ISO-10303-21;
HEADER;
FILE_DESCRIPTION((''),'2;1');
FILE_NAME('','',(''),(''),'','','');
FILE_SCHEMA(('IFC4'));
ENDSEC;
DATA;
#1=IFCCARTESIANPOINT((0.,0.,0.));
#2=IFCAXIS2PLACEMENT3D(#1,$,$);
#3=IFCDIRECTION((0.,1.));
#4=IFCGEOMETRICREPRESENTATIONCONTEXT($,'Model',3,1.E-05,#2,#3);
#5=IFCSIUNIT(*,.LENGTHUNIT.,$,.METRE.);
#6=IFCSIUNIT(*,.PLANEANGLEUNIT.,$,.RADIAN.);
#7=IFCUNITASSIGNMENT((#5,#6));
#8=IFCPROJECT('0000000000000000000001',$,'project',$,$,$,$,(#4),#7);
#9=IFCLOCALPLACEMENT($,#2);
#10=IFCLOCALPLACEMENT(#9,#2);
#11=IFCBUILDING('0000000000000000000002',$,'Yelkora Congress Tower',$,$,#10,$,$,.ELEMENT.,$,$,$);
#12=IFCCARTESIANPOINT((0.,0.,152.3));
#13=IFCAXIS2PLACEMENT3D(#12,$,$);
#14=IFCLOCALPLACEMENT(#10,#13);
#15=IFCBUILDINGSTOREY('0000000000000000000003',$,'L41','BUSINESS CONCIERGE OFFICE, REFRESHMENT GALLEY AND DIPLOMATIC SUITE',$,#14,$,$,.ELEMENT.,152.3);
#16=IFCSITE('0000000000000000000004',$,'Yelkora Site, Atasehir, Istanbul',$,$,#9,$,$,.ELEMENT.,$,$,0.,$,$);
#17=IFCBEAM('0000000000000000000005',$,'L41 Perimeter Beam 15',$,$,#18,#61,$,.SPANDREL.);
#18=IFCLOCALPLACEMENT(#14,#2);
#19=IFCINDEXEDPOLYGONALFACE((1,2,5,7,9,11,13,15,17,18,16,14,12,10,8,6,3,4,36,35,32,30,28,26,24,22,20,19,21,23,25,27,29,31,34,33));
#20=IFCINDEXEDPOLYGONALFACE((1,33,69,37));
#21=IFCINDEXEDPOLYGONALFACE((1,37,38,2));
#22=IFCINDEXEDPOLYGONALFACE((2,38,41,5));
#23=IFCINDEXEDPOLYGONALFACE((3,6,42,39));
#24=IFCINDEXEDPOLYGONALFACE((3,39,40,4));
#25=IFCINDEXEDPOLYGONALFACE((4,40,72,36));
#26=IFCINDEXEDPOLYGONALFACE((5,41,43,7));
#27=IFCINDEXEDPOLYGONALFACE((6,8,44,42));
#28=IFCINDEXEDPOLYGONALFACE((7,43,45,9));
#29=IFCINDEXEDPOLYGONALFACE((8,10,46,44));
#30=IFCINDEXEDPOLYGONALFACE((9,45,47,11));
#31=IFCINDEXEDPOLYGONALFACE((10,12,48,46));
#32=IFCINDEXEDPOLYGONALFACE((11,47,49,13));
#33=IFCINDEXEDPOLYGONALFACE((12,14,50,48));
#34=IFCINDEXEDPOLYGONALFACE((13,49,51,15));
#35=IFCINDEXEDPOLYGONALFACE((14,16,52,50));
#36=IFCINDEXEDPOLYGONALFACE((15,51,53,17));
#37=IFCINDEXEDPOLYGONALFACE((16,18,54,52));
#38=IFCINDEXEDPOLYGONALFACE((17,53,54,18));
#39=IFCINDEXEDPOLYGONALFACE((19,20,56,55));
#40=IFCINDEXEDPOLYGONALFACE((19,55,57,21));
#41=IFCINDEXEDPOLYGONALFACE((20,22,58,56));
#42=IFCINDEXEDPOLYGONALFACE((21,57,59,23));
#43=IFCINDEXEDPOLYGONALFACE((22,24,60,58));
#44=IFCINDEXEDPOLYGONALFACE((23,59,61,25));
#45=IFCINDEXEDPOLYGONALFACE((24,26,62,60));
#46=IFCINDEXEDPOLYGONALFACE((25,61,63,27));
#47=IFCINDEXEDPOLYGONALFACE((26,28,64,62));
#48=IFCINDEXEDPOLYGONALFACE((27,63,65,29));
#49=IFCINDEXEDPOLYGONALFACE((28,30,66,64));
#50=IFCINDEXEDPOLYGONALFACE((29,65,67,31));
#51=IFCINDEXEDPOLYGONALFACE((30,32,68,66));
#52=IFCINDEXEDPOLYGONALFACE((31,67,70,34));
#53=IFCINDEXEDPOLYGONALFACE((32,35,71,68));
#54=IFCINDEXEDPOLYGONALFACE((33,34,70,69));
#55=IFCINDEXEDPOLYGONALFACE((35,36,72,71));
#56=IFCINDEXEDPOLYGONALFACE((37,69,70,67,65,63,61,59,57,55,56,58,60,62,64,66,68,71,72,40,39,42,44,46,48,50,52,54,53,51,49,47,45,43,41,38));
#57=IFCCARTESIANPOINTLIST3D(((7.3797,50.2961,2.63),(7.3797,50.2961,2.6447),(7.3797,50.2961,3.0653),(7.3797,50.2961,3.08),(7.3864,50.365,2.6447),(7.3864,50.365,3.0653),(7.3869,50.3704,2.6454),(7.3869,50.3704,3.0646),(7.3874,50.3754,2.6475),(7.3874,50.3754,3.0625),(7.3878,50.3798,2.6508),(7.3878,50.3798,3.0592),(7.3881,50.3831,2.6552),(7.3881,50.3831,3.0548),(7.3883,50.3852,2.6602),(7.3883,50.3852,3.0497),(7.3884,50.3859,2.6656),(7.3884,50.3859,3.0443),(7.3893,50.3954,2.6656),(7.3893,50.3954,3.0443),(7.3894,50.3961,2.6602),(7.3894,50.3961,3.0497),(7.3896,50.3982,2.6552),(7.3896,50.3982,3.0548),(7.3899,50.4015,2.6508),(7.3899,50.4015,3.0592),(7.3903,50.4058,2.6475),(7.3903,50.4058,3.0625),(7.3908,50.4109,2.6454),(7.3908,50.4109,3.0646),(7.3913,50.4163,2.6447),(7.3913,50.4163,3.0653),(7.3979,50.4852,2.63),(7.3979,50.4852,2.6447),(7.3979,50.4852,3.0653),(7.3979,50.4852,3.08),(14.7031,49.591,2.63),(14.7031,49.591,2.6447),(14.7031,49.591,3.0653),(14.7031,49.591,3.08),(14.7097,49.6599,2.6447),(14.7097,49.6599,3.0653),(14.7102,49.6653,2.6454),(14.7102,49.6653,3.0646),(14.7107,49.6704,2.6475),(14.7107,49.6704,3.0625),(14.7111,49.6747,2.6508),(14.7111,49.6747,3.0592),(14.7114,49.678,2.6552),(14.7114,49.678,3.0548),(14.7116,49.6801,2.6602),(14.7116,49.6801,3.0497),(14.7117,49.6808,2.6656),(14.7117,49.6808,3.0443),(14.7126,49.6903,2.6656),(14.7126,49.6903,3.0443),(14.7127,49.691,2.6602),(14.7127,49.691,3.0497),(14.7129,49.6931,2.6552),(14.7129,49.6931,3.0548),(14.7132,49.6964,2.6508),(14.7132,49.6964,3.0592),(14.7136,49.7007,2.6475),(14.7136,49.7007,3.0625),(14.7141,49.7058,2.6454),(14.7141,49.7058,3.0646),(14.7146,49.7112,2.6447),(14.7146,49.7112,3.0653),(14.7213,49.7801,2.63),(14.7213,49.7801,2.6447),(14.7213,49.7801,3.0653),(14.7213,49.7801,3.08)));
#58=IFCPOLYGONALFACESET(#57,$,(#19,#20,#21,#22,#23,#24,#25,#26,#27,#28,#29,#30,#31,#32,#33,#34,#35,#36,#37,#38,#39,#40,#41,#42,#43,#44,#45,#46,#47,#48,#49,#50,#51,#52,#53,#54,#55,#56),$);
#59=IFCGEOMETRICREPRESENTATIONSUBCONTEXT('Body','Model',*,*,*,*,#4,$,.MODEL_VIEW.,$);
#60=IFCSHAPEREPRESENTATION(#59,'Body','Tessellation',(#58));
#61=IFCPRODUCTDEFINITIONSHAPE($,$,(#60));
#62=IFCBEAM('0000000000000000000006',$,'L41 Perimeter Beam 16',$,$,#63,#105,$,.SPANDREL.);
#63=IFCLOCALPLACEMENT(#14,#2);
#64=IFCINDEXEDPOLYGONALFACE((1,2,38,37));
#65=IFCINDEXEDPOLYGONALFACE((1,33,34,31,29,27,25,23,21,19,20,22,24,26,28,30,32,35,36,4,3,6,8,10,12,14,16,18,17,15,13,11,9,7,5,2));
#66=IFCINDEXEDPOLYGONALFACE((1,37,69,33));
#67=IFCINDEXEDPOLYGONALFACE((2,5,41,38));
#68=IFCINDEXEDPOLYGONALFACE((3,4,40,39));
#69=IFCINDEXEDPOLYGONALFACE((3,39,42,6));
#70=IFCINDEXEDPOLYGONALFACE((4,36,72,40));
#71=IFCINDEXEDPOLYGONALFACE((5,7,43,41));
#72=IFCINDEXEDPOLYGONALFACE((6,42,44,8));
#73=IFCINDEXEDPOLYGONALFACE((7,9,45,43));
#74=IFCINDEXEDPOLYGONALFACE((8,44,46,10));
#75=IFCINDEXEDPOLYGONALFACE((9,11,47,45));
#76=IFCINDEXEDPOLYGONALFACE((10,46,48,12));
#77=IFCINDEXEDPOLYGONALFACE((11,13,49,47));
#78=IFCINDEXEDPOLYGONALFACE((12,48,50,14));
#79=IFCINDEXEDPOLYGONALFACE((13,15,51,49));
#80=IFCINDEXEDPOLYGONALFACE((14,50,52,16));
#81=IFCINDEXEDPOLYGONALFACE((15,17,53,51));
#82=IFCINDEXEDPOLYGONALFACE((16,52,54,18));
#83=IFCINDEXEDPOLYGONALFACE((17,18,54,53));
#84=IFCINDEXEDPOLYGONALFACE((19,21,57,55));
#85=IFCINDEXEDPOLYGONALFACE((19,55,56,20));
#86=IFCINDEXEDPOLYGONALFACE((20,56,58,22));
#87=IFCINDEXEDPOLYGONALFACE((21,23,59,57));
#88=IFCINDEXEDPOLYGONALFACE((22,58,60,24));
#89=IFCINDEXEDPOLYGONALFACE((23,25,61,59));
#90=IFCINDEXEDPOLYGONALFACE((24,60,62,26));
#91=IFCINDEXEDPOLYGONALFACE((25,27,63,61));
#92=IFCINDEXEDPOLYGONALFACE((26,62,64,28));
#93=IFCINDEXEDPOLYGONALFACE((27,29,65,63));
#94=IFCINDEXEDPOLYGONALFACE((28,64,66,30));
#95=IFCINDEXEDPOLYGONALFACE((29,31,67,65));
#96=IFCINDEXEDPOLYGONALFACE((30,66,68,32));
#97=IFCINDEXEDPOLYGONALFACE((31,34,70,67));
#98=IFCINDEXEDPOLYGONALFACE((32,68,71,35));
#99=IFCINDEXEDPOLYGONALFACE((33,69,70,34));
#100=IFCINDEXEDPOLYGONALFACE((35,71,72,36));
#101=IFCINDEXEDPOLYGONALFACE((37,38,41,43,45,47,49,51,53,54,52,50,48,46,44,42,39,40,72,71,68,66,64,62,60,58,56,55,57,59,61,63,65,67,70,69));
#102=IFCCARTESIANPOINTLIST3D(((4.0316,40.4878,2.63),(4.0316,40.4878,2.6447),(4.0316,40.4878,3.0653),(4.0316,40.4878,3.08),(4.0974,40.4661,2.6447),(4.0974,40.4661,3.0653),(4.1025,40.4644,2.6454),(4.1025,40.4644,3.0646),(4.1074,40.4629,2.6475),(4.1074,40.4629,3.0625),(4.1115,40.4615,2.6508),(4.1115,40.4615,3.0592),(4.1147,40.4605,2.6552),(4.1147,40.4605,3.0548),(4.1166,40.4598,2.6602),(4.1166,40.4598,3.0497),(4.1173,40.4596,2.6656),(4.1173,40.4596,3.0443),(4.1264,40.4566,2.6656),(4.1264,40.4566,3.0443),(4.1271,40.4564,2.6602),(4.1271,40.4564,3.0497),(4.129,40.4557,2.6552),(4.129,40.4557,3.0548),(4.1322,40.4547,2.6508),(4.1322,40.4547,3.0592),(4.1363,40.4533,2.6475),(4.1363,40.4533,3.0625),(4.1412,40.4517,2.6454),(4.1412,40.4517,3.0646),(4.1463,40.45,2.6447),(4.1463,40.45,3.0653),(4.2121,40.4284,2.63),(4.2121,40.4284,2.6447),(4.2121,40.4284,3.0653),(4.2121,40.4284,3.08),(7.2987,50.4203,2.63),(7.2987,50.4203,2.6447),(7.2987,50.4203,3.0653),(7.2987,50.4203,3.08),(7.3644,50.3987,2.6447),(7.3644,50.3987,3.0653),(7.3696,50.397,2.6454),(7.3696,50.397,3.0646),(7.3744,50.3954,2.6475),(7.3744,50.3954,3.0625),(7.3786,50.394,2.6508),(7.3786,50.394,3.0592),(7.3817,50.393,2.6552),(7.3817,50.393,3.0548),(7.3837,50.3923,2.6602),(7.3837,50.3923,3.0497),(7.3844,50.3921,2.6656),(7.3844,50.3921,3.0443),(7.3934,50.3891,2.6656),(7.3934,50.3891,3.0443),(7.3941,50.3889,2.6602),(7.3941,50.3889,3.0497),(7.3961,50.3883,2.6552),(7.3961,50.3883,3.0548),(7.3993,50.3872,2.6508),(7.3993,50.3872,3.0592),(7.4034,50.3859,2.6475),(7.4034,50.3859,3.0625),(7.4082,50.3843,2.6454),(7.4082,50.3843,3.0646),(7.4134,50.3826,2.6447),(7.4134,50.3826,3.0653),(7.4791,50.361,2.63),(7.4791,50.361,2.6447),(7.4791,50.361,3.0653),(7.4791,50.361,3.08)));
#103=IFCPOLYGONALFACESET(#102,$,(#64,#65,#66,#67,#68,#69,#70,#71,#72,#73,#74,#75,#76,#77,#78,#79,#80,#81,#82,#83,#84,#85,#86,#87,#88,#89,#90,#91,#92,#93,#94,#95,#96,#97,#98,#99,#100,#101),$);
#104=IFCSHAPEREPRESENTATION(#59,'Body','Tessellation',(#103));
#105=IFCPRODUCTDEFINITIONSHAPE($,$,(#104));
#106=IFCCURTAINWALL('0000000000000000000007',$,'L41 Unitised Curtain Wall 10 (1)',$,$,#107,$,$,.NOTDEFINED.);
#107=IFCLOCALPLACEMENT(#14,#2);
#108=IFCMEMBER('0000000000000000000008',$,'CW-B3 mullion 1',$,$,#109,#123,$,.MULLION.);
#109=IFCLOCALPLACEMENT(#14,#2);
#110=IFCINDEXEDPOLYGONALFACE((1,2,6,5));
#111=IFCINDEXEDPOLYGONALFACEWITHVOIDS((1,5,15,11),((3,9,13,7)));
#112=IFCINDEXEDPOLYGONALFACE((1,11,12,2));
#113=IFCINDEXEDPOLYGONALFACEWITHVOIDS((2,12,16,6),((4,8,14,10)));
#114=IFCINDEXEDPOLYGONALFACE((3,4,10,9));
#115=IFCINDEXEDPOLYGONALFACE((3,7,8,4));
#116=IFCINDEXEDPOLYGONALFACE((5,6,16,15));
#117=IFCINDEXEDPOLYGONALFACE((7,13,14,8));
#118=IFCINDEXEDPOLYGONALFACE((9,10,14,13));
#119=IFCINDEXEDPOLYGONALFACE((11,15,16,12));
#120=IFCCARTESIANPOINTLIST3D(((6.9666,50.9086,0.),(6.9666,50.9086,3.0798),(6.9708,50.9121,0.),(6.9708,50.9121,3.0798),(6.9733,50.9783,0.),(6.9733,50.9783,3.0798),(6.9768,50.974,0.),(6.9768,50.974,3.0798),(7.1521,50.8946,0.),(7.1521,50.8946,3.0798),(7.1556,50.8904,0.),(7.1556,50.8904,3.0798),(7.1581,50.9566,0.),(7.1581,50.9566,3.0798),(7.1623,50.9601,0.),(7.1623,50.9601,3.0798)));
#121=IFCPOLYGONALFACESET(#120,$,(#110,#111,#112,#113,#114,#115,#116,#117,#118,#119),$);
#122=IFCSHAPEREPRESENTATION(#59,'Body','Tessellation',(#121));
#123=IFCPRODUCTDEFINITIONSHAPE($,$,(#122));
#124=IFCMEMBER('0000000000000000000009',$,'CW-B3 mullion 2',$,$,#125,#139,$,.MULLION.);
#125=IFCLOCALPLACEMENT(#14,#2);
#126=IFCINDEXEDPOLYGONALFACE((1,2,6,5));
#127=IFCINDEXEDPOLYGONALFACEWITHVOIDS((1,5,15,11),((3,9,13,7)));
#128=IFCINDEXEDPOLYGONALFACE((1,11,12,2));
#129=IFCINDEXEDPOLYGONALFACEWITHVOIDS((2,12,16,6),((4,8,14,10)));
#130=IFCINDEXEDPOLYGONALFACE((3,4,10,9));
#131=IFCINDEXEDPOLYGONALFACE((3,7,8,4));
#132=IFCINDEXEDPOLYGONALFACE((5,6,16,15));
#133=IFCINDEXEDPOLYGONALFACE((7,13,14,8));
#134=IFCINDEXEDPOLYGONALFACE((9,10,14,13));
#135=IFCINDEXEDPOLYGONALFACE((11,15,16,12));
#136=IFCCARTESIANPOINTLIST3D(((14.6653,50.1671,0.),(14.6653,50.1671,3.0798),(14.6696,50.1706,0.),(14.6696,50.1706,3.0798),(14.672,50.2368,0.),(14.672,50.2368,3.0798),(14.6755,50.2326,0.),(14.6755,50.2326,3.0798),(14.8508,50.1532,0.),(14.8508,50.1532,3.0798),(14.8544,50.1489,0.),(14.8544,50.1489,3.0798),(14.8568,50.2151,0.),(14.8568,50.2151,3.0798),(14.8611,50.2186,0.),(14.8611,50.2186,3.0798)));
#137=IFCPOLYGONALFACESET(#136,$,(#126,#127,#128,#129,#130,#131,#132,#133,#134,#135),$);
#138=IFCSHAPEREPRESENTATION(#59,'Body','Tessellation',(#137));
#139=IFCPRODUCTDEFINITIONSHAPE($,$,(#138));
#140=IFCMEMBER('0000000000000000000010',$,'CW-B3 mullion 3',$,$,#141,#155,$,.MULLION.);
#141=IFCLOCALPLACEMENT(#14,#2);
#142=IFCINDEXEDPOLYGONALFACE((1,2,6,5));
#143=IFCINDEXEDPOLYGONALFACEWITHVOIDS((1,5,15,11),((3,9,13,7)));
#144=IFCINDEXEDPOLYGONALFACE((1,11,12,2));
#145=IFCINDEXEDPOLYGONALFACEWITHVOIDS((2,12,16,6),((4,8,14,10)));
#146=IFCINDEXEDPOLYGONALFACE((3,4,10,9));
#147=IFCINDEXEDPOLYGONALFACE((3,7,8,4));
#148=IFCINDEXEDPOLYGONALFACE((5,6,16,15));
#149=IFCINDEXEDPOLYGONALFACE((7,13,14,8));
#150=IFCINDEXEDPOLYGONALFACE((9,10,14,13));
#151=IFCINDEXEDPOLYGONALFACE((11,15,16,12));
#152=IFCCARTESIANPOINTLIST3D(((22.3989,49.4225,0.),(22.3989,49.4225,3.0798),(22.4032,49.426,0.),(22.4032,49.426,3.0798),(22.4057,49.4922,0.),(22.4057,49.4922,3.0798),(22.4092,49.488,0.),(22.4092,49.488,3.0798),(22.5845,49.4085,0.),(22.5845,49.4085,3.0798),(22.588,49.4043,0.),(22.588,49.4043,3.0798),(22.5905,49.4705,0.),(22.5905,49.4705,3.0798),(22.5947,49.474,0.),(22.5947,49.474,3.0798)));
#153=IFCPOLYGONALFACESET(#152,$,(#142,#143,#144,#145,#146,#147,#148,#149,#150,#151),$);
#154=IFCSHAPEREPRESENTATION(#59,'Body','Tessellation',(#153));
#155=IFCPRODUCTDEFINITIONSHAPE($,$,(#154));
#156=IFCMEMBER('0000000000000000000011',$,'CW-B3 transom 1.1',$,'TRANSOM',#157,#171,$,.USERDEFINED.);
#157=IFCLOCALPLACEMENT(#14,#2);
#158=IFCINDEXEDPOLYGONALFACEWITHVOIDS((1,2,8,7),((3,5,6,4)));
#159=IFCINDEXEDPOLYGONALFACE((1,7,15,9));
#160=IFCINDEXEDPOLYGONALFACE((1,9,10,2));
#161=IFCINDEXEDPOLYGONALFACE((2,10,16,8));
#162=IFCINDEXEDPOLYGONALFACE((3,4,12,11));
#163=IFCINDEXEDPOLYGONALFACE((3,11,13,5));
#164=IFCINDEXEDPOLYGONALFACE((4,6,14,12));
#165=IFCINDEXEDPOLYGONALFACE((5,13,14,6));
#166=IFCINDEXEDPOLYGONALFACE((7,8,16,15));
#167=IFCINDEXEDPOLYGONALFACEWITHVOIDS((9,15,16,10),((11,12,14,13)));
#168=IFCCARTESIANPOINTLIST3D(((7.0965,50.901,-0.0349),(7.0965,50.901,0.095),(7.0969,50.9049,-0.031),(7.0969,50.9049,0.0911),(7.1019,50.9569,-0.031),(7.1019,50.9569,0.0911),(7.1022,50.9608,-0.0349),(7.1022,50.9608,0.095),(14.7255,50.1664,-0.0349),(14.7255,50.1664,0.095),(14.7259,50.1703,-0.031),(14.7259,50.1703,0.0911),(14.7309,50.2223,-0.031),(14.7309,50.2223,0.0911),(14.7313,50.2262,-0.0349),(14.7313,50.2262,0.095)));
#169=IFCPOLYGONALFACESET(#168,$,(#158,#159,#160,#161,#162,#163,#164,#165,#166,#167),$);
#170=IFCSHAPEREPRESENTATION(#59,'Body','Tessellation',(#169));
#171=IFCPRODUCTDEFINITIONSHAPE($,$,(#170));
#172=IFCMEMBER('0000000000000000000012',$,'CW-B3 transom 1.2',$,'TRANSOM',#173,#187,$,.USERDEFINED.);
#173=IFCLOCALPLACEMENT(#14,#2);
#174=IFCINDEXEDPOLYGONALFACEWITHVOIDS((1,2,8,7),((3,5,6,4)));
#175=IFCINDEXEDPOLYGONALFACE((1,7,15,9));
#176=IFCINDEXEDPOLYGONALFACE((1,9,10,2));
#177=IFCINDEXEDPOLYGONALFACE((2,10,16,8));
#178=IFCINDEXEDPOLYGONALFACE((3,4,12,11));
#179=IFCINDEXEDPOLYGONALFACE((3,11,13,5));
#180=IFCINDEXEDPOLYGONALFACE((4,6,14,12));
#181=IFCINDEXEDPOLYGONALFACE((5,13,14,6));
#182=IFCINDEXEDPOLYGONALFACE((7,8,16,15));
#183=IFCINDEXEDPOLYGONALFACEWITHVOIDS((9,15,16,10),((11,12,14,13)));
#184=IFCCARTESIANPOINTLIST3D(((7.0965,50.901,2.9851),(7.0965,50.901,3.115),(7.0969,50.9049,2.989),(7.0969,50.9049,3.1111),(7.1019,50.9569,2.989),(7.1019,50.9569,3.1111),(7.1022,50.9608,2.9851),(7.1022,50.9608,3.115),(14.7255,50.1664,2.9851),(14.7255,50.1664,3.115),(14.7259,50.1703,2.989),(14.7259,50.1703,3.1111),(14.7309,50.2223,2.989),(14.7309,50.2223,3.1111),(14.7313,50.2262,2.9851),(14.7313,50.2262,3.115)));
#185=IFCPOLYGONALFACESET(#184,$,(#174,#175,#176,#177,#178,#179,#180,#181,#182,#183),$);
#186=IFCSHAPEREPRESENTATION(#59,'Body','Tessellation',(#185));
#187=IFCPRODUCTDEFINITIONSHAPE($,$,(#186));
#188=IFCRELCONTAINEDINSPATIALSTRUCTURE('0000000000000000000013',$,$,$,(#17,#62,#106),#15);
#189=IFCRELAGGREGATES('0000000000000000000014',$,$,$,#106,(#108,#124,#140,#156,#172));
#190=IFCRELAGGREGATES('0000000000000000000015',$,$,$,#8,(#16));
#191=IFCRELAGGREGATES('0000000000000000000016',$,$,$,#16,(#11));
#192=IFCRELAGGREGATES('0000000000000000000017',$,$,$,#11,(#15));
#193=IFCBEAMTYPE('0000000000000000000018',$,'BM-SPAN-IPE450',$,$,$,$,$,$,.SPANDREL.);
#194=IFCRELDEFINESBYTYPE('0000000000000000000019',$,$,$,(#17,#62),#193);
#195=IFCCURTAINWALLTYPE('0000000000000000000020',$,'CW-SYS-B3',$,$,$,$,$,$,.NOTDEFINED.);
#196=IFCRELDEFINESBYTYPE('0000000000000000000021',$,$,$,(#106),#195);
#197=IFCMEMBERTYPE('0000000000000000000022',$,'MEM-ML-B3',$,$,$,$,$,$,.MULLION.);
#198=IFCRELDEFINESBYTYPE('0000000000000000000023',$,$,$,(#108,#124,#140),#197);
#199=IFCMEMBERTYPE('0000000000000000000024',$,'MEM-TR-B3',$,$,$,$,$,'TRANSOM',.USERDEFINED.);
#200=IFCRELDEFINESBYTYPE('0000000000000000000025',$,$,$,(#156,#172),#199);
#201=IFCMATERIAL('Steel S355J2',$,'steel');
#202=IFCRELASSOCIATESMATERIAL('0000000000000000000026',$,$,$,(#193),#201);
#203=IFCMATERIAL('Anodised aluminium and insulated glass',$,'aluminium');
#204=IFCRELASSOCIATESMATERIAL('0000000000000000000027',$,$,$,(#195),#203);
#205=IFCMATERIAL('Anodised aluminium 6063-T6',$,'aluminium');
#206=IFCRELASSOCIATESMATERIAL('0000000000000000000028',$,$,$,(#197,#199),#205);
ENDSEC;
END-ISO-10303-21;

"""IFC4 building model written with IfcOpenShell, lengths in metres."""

from ifc_helpers import new_model, si_unit, direction, frame, origin, origin_2d, place, context, subcontext, project, spatial, hollow_rectangle, i_section, extrude, material, material_profile, profile_set, type_object, element, aggregate, save


model = new_model("IFC4")

# Units and contexts
model_context = context("Model", 3, precision=1e-05, world=origin(), true_north=direction((0.0, 1.0)))
body_context = subcontext(model_context, "Body", "Model", "MODEL_VIEW")
ifc_project = project(units=[si_unit("LENGTHUNIT", "METRE"), si_unit("PLANEANGLEUNIT", "RADIAN")], contexts=[model_context])

# Site, building, storey
site_placement = place(None, origin())
site = spatial("IfcSite", under=ifc_project, at=site_placement, Name="Yelkora Site, Atasehir, Istanbul", CompositionType="ELEMENT", RefElevation=0.0)
building_placement = place(site_placement, origin())
building = spatial("IfcBuilding", under=site, at=building_placement, Name="Yelkora Congress Tower", CompositionType="ELEMENT")
storey_placement = place(building_placement, frame((0.0, 0.0, 152.3)))
storey = spatial("IfcBuildingStorey", under=building, at=storey_placement, Name="L41", Description="BUSINESS CONCIERGE OFFICE, REFRESHMENT GALLEY AND DIPLOMATIC SUITE", CompositionType="ELEMENT", Elevation=152.3)

# Beams
ifc_material_1 = material(Name="Steel S355J2", Category="steel")
ifc_material_profile_1 = material_profile(ifc_material_1, i_section(OverallWidth=0.1899, OverallDepth=0.45, WebThickness=0.0095, FlangeThickness=0.0146, FilletRadius=0.021, at=origin_2d()), Name="IPE 450")
ifc_profile_set_1 = profile_set([ifc_material_profile_1], Name="Steel S355J2")
beam_type_1 = type_object("IfcBeamType", Name="BM-SPAN-IPE450", PredefinedType="SPANDREL", material=ifc_profile_set_1)
for number, where, z_axis, x_axis, name in (
    (1, (14.7122, 49.6855, 2.855), (-0.995397, 0.095836, 0.0), (-0.095836, -0.995397, 0.0), "L41 Perimeter Beam 15"),
):
    element("IfcBeam", number, at=place(storey_placement, frame(where, z_axis=z_axis, x_axis=x_axis)), inside=storey, type_object=beam_type_1, Name=name, PredefinedType="SPANDREL", context=body_context, shape_type="SweptSolid", body=[
        extrude(i_section(OverallWidth=0.1899, OverallDepth=0.45, WebThickness=0.0095, FlangeThickness=0.0146, FilletRadius=0.021, at=origin_2d()), origin(), (0.0, 0.0, 1.0), 7.3572),
    ])
beam_1_placement = place(storey_placement, frame((7.3889, 50.3906, 2.855), z_axis=(-0.312457, -0.949932, 0.0), x_axis=(0.949932, -0.312457, 0.0)))
element("IfcBeam", 2, at=beam_1_placement, inside=storey, type_object=beam_type_1, Name="L41 Perimeter Beam 16", PredefinedType="SPANDREL", context=body_context, shape_type="SweptSolid", body=[
    extrude(i_section(OverallWidth=0.1899, OverallDepth=0.45, WebThickness=0.0095, FlangeThickness=0.0146, FilletRadius=0.021, at=origin_2d()), origin(), (0.0, 0.0, 1.0), 10.4561),
])

# Curtain wall, members
ifc_material_2 = material(Name="Anodised aluminium and insulated glass", Category="aluminium")
curtain_wall_type = type_object("IfcCurtainWallType", Name="CW-SYS-B3", PredefinedType="NOTDEFINED", material=ifc_material_2)
curtain_wall_placement = place(storey_placement, origin())
curtain_wall = element("IfcCurtainWall", 3, at=curtain_wall_placement, inside=storey, type_object=curtain_wall_type, Name="L41 Unitised Curtain Wall 10 (1)", PredefinedType="NOTDEFINED")
ifc_material_3 = material(Name="Anodised aluminium 6063-T6", Category="aluminium")
ifc_material_profile_2 = material_profile(ifc_material_3, hollow_rectangle(XDim=0.0701, YDim=0.1899, WallThickness=0.0039, at=origin_2d()), Name="ALU 70x190x4")
ifc_profile_set_2 = profile_set([ifc_material_profile_2], Name="Anodised aluminium 6063-T6")
member_type_1 = type_object("IfcMemberType", Name="MEM-ML-B3", PredefinedType="MULLION", material=ifc_profile_set_2)
member_1_placement = place(storey_placement, frame((7.0645, 50.9343, 0.0), z_axis=(0.0, 0.0, 1.0), x_axis=(0.095845, 0.995396, 0.0)))
member_1 = element("IfcMember", 4, at=member_1_placement, type_object=member_type_1, Name="CW-B3 mullion 1", PredefinedType="MULLION", context=body_context, shape_type="SweptSolid", body=[
    extrude(hollow_rectangle(XDim=0.0701, YDim=0.1899, WallThickness=0.0039, at=origin_2d()), origin(), (0.0, 0.0, 1.0), 3.0798),
])
member_2_placement = place(storey_placement, frame((14.7632, 50.1929, 0.0), z_axis=(0.0, 0.0, 1.0), x_axis=(0.095845, 0.995396, 0.0)))
member_2 = element("IfcMember", 5, at=member_2_placement, type_object=member_type_1, Name="CW-B3 mullion 2", PredefinedType="MULLION", context=body_context, shape_type="SweptSolid", body=[
    extrude(hollow_rectangle(XDim=0.0701, YDim=0.1899, WallThickness=0.0039, at=origin_2d()), origin(), (0.0, 0.0, 1.0), 3.0798),
])
member_3_placement = place(storey_placement, frame((22.4968, 49.4482, 0.0), z_axis=(0.0, 0.0, 1.0), x_axis=(0.095845, 0.995396, 0.0)))
member_3 = element("IfcMember", 6, at=member_3_placement, type_object=member_type_1, Name="CW-B3 mullion 3", PredefinedType="MULLION", context=body_context, shape_type="SweptSolid", body=[
    extrude(hollow_rectangle(XDim=0.0701, YDim=0.1899, WallThickness=0.0039, at=origin_2d()), origin(), (0.0, 0.0, 1.0), 3.0798),
])
ifc_material_profile_3 = material_profile(ifc_material_3, hollow_rectangle(XDim=0.0601, YDim=0.1299, WallThickness=0.0039, at=origin_2d()), Name="ALU 60x130x4")
ifc_profile_set_3 = profile_set([ifc_material_profile_3], Name="Anodised aluminium 6063-T6")
member_type_2 = type_object("IfcMemberType", Name="MEM-TR-B3", ElementType="TRANSOM", PredefinedType="USERDEFINED", material=ifc_profile_set_3)
member_4_placement = place(storey_placement, frame((7.0994, 50.9309, 0.03), z_axis=(0.995396, -0.095851, 0.0), x_axis=(0.095851, 0.995396, 0.0)))
member_4 = element("IfcMember", 7, at=member_4_placement, type_object=member_type_2, Name="CW-B3 transom 1.1", ObjectType="TRANSOM", PredefinedType="USERDEFINED", context=body_context, shape_type="SweptSolid", body=[
    extrude(hollow_rectangle(XDim=0.0601, YDim=0.1299, WallThickness=0.0039, at=origin_2d()), origin(), (0.0, 0.0, 1.0), 7.6643),
])
member_5_placement = place(storey_placement, frame((7.0994, 50.9309, 3.05), z_axis=(0.995396, -0.095851, 0.0), x_axis=(0.095851, 0.995396, 0.0)))
member_5 = element("IfcMember", 8, at=member_5_placement, type_object=member_type_2, Name="CW-B3 transom 1.2", ObjectType="TRANSOM", PredefinedType="USERDEFINED", context=body_context, shape_type="SweptSolid", body=[
    extrude(hollow_rectangle(XDim=0.0601, YDim=0.1299, WallThickness=0.0039, at=origin_2d()), origin(), (0.0, 0.0, 1.0), 7.6643),
])
aggregate(curtain_wall, [member_1, member_2, member_3, member_4, member_5])

save(model, "model.ifc")
